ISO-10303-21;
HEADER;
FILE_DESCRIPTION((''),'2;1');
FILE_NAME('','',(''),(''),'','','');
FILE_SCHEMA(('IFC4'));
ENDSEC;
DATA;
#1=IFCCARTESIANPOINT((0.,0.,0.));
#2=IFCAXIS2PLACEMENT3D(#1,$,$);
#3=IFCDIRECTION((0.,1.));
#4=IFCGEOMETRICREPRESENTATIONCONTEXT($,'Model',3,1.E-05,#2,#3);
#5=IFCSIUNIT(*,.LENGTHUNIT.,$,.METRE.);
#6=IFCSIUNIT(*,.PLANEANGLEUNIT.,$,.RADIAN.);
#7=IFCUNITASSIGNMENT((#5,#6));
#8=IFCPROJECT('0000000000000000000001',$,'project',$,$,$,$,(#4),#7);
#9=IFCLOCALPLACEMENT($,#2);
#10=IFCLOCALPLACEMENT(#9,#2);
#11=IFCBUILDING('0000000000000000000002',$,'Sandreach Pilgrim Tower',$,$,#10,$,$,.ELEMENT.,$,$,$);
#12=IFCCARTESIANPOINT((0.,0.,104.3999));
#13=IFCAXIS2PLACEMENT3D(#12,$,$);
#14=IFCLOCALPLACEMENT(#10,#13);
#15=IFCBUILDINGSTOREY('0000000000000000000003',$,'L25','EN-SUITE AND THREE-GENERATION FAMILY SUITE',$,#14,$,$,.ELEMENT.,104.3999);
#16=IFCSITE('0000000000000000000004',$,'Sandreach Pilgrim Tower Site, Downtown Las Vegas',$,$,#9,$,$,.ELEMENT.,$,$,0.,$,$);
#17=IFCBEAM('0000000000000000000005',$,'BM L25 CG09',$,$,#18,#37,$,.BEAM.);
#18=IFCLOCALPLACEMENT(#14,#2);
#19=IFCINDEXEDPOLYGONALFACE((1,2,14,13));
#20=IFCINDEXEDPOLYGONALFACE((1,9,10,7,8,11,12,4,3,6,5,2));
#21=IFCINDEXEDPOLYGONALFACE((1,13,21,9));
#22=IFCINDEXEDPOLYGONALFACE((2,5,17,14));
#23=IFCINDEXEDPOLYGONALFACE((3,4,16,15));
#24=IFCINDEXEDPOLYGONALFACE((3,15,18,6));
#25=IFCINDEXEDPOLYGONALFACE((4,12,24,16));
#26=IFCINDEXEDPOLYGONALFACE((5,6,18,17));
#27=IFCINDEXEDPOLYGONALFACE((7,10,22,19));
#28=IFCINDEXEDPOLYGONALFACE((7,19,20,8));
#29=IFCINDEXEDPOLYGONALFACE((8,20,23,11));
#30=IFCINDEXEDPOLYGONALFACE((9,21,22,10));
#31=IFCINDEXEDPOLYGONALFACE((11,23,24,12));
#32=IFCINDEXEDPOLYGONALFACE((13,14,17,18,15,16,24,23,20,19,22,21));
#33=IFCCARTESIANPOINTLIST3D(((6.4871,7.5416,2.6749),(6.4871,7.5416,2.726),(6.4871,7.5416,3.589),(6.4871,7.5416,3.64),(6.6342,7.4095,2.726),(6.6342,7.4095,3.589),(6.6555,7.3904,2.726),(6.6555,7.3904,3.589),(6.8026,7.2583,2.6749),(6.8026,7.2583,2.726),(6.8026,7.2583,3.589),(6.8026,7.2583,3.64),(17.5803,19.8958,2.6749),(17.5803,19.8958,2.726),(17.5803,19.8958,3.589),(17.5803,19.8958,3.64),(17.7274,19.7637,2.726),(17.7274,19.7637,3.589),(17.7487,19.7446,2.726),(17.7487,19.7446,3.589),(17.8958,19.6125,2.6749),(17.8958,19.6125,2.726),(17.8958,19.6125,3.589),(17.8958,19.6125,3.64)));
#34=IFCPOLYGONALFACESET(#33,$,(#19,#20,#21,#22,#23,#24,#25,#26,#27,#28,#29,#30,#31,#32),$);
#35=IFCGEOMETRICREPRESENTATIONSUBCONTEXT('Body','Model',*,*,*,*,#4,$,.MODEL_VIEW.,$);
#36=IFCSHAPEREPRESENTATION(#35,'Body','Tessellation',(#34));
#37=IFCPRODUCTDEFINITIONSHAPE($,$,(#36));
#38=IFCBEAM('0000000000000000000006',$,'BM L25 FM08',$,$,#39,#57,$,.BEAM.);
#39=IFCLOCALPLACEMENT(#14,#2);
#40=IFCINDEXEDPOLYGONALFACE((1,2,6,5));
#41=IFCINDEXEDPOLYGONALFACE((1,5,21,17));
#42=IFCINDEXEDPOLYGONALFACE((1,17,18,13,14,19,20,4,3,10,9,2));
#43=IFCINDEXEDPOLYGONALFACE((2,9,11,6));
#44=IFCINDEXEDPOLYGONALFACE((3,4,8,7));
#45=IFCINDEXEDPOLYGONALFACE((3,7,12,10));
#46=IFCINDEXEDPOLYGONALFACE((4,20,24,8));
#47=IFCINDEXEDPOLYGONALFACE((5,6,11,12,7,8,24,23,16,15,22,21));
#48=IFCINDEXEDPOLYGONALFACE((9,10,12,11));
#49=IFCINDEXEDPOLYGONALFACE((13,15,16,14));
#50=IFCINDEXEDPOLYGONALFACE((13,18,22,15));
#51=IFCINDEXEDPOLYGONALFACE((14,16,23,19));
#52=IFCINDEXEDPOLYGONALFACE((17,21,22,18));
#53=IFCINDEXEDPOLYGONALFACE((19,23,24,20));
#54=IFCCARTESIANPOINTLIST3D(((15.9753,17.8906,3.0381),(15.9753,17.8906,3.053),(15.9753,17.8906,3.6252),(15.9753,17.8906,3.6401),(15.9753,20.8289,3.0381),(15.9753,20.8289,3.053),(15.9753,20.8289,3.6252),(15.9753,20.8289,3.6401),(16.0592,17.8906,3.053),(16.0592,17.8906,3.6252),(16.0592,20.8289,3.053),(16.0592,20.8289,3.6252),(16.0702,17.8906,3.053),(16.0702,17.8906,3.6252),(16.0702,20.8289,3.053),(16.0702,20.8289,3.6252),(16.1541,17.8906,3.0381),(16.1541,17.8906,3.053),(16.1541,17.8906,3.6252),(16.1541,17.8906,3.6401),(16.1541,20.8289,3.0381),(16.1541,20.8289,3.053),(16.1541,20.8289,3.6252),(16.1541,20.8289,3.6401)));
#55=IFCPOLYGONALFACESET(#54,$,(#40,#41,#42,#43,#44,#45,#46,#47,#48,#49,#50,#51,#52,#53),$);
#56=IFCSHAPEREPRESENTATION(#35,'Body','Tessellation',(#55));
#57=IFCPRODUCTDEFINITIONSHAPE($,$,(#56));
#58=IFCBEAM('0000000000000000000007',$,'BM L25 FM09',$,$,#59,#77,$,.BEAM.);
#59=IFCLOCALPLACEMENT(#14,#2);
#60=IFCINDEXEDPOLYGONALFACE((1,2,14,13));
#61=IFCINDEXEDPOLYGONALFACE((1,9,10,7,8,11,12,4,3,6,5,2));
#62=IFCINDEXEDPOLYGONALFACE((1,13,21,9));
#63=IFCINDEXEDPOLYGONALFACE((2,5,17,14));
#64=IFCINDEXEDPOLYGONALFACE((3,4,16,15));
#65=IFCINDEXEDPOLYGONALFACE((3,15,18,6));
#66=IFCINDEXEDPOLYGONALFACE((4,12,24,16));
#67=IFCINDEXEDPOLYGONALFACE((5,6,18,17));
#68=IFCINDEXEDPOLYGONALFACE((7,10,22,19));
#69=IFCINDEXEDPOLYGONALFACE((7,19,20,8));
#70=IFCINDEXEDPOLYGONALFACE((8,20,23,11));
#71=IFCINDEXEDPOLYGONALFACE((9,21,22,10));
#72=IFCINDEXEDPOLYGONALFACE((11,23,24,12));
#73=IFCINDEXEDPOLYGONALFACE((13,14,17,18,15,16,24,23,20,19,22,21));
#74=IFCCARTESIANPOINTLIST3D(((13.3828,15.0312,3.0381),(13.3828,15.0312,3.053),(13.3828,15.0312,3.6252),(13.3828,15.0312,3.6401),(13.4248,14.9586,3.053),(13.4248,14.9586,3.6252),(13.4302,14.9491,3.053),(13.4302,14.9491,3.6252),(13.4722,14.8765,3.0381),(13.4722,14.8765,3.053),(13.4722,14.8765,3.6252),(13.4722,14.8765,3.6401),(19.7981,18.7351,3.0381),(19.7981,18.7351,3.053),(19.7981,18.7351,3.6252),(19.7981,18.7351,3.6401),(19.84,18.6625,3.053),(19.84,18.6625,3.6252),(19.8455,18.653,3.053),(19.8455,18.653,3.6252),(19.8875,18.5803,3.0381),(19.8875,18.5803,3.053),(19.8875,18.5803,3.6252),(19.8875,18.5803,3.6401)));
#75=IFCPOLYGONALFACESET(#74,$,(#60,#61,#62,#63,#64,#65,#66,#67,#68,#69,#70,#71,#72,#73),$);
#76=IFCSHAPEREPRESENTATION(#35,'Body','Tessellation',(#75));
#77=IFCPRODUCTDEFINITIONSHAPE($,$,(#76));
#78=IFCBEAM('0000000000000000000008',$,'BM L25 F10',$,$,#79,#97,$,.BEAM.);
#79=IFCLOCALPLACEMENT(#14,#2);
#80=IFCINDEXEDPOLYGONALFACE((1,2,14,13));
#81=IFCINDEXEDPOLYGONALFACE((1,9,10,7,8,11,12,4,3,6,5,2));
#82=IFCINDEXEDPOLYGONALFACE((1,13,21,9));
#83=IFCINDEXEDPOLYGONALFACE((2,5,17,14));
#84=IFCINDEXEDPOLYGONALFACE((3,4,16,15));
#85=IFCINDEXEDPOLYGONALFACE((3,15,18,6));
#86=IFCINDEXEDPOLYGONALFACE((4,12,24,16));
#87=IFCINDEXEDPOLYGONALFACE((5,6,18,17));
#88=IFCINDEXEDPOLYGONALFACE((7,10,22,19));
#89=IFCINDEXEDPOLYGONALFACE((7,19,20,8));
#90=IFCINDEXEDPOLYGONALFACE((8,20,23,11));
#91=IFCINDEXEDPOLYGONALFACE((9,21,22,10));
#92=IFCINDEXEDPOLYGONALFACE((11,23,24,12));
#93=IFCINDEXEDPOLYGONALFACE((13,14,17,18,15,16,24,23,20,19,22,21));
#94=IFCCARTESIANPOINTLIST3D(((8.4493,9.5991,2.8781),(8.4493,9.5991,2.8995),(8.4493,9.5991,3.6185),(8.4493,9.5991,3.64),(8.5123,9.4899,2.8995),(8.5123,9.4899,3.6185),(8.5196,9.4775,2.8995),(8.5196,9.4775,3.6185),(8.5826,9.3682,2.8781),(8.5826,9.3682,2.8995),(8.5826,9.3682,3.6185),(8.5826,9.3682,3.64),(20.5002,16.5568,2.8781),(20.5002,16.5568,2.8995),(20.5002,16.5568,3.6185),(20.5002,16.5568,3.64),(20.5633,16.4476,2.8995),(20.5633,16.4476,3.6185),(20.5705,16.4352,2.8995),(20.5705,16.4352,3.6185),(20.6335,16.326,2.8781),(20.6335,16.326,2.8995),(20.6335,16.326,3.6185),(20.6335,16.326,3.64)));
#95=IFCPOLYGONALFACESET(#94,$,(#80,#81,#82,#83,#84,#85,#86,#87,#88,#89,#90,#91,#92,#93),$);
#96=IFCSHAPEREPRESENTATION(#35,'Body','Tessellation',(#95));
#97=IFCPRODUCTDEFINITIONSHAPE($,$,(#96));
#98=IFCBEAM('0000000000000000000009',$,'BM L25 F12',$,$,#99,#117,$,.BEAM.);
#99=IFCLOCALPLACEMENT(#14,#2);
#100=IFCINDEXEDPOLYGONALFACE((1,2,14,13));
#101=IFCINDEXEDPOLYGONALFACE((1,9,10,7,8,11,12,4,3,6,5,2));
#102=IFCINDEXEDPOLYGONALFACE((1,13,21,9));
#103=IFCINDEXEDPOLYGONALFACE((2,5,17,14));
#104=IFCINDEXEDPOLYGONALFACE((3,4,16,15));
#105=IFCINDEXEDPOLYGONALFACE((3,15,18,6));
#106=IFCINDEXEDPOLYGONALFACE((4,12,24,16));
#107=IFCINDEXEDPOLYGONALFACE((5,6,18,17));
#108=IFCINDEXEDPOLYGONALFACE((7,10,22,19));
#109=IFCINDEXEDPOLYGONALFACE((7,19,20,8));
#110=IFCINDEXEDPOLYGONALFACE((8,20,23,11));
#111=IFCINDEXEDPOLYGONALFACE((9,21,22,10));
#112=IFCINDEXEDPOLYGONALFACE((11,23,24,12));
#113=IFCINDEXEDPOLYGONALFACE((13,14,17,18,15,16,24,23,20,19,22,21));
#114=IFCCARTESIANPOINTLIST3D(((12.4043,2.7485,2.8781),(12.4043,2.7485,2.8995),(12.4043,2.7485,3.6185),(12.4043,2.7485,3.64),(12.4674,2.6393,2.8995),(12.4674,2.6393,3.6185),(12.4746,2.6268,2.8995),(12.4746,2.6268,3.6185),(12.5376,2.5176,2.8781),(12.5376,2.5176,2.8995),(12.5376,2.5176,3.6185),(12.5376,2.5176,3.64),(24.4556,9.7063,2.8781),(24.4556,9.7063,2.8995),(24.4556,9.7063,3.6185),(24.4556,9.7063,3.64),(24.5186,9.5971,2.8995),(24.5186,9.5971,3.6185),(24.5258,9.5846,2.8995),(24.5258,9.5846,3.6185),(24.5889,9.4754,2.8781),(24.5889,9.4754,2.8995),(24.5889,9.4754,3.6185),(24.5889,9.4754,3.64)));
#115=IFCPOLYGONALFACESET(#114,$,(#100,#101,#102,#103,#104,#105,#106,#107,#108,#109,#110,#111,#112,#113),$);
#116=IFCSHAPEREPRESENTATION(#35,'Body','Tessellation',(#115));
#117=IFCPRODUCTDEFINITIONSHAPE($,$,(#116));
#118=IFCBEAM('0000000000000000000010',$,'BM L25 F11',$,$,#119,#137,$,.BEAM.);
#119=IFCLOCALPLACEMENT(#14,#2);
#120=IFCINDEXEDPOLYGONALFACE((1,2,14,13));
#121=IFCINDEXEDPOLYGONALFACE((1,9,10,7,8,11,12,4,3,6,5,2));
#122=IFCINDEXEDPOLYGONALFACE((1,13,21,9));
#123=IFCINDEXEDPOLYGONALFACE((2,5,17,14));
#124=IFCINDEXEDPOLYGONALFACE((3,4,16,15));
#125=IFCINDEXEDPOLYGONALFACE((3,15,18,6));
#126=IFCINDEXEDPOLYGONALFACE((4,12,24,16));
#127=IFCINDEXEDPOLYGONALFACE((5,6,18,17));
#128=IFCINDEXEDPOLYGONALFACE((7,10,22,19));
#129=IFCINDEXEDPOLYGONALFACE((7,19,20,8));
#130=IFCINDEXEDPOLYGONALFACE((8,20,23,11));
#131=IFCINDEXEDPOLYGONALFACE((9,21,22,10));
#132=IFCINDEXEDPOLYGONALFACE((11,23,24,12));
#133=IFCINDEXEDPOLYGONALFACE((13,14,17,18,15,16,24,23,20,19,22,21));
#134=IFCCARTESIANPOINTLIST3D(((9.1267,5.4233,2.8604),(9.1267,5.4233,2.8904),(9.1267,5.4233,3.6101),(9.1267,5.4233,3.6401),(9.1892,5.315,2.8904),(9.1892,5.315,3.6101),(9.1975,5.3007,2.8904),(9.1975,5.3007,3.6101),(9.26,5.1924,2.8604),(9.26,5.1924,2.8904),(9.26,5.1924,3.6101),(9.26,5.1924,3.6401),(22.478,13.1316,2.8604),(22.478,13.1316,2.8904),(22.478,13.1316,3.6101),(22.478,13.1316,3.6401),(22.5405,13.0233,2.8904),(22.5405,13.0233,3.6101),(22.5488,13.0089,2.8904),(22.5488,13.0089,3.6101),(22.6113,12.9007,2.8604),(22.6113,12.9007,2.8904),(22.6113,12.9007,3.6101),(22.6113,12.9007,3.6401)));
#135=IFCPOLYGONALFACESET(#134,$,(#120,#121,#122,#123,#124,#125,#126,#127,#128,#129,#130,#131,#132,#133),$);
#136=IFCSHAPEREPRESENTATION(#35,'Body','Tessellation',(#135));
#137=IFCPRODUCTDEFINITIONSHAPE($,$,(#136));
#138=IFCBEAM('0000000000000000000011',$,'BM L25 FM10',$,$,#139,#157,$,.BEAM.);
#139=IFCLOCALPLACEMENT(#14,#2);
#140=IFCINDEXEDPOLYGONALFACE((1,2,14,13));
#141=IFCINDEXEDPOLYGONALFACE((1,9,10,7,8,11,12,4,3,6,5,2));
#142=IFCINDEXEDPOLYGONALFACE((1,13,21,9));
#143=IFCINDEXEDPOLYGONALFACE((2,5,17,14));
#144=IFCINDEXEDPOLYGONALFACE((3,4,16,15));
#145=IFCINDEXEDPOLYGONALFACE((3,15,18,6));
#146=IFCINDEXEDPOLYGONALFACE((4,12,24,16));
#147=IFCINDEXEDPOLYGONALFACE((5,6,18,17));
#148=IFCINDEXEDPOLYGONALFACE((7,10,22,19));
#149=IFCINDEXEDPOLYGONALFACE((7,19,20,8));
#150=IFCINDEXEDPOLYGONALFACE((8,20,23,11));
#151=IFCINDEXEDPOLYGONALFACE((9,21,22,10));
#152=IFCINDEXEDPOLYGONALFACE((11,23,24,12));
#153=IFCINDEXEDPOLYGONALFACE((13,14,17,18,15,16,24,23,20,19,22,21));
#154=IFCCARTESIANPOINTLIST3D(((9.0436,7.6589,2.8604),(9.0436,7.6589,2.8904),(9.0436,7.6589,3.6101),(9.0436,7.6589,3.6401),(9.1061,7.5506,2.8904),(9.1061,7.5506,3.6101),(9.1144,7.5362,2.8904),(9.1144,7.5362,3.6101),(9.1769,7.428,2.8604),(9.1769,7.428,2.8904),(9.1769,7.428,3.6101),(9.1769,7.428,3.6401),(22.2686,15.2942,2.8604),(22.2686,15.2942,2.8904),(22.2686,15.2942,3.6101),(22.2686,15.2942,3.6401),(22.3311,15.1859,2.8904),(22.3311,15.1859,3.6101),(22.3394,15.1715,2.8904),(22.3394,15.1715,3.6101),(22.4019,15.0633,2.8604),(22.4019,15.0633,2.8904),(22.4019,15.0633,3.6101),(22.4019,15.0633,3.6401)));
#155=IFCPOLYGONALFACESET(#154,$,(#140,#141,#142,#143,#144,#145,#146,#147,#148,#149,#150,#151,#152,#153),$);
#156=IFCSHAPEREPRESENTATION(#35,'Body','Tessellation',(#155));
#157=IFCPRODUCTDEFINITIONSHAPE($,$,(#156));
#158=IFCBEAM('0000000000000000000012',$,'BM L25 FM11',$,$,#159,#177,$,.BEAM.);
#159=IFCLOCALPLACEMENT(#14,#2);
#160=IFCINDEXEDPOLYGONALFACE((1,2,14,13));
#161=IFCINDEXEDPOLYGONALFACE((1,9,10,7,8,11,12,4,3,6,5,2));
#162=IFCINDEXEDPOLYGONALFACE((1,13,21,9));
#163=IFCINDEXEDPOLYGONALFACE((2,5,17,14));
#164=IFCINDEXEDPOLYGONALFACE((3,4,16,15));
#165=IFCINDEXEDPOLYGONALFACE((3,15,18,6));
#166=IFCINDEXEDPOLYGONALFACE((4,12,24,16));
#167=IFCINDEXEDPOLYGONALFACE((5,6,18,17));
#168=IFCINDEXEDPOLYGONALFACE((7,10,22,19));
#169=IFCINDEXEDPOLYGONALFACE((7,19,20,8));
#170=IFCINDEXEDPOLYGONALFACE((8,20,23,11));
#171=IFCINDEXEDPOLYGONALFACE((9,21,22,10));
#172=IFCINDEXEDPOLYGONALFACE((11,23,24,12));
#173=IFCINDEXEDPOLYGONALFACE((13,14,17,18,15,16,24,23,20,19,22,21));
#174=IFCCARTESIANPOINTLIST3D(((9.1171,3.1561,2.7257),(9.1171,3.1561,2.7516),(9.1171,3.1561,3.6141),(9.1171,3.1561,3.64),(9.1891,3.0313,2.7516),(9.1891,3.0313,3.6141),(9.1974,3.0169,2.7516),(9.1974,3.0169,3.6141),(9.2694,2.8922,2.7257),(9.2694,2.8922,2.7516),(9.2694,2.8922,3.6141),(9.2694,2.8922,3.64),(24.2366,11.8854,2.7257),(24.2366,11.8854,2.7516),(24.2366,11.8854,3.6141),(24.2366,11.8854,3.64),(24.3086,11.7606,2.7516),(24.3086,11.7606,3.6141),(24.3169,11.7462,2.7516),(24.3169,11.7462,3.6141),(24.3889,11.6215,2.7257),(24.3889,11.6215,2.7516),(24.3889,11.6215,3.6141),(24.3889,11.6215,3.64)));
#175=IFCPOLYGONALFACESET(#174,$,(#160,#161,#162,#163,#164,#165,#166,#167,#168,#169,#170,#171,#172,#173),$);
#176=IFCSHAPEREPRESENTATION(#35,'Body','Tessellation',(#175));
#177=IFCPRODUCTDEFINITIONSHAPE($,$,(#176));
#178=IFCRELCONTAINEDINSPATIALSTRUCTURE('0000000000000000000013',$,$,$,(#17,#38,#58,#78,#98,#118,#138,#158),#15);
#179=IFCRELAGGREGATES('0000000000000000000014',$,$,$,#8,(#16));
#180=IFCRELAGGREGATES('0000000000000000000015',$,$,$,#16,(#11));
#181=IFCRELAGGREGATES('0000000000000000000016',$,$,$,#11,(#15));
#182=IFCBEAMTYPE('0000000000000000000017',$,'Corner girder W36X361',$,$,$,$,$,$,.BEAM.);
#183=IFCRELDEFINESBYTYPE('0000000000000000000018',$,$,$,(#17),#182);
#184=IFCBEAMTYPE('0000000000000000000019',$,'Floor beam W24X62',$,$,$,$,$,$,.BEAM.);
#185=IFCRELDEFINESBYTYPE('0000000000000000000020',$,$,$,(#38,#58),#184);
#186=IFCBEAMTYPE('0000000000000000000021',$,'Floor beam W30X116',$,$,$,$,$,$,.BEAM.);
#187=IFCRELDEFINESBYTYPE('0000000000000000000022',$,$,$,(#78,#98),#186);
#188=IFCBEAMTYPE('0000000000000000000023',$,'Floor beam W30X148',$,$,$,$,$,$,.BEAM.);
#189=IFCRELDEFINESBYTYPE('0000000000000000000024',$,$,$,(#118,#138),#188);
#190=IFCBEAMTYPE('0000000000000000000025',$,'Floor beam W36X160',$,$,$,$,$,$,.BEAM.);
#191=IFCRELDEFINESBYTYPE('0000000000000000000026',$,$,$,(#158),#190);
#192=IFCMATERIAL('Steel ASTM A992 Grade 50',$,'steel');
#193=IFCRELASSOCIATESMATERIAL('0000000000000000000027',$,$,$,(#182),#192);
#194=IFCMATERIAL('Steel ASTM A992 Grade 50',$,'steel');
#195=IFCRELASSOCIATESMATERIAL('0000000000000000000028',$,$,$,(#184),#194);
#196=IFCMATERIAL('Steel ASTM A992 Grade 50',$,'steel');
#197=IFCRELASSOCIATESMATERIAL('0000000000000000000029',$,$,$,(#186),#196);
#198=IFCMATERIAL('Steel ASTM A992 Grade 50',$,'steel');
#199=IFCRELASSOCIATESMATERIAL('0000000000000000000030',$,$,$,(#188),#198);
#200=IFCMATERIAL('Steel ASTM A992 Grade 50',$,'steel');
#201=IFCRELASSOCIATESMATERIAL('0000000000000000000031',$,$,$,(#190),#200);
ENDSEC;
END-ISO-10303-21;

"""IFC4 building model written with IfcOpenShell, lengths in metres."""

from ifc_helpers import new_model, si_unit, direction, frame, origin, origin_2d, place, context, subcontext, project, spatial, i_section, extrude, material, material_profile, profile_set, type_object, element, save


model = new_model("IFC4")

# Units and contexts
model_context = context("Model", 3, precision=1e-05, world=origin(), true_north=direction((0.0, 1.0)))
body_context = subcontext(model_context, "Body", "Model", "MODEL_VIEW")
ifc_project = project(units=[si_unit("LENGTHUNIT", "METRE"), si_unit("PLANEANGLEUNIT", "RADIAN")], contexts=[model_context])

# Site, building, storey
site_placement = place(None, origin())
site = spatial("IfcSite", under=ifc_project, at=site_placement, Name="Sandreach Pilgrim Tower Site, Downtown Las Vegas", CompositionType="ELEMENT", RefElevation=0.0)
building_placement = place(site_placement, origin())
building = spatial("IfcBuilding", under=site, at=building_placement, Name="Sandreach Pilgrim Tower", CompositionType="ELEMENT")
storey_placement = place(building_placement, frame((0.0, 0.0, 104.3999)))
storey = spatial("IfcBuildingStorey", under=building, at=storey_placement, Name="L25", Description="EN-SUITE AND THREE-GENERATION FAMILY SUITE", CompositionType="ELEMENT", Elevation=104.3999)

# Beams
ifc_material_1 = material(Name="Steel ASTM A992 Grade 50", Category="steel")
ifc_material_profile_1 = material_profile(ifc_material_1, i_section(OverallWidth=0.4241, OverallDepth=0.9651, WebThickness=0.0286, FlangeThickness=0.051, at=origin_2d()), Name="W36X361")
ifc_profile_set_1 = profile_set([ifc_material_profile_1], Name="Steel ASTM A992 Grade 50")
beam_type_1 = type_object("IfcBeamType", Name="Corner girder W36X361", PredefinedType="BEAM", material=ifc_profile_set_1)
beam_1_placement = place(storey_placement, frame((17.738, 19.7542, 3.1575), z_axis=(-0.668114, -0.744059, 0.0), x_axis=(0.744059, -0.668114, 0.0)))
element("IfcBeam", 1, at=beam_1_placement, inside=storey, type_object=beam_type_1, Name="BM L25 CG09", PredefinedType="BEAM", context=body_context, shape_type="SweptSolid", body=[
    extrude(i_section(OverallWidth=0.4241, OverallDepth=0.9651, WebThickness=0.0286, FlangeThickness=0.051, at=origin_2d()), origin(), (0.0, 0.0, 1.0), 16.6038),
])
ifc_material_2 = material(Name="Steel ASTM A992 Grade 50", Category="steel")
ifc_material_profile_2 = material_profile(ifc_material_2, i_section(OverallWidth=0.1787, OverallDepth=0.6021, WebThickness=0.011, FlangeThickness=0.0149, at=origin_2d()), Name="W24X62")
ifc_profile_set_2 = profile_set([ifc_material_profile_2], Name="Steel ASTM A992 Grade 50")
beam_type_2 = type_object("IfcBeamType", Name="Floor beam W24X62", PredefinedType="BEAM", material=ifc_profile_set_2)
beam_2_placement = place(storey_placement, frame((16.0647, 20.8289, 3.3391), z_axis=(0.0, -1.0, 0.0), x_axis=(1.0, 0.0, 0.0)))
element("IfcBeam", 2, at=beam_2_placement, inside=storey, type_object=beam_type_2, Name="BM L25 FM08", PredefinedType="BEAM", context=body_context, shape_type="SweptSolid", body=[
    extrude(i_section(OverallWidth=0.1787, OverallDepth=0.6021, WebThickness=0.011, FlangeThickness=0.0149, at=origin_2d()), origin(), (0.0, 0.0, 1.0), 2.9382),
])
beam_3_placement = place(storey_placement, frame((19.8428, 18.6577, 3.3391), z_axis=(-0.866026, -0.499999, 0.0), x_axis=(0.499999, -0.866026, 0.0)))
element("IfcBeam", 3, at=beam_3_placement, inside=storey, type_object=beam_type_2, Name="BM L25 FM09", PredefinedType="BEAM", context=body_context, shape_type="SweptSolid", body=[
    extrude(i_section(OverallWidth=0.1787, OverallDepth=0.6021, WebThickness=0.011, FlangeThickness=0.0149, at=origin_2d()), origin(), (0.0, 0.0, 1.0), 7.4077),
])
ifc_material_3 = material(Name="Steel ASTM A992 Grade 50", Category="steel")
ifc_material_profile_3 = material_profile(ifc_material_3, i_section(OverallWidth=0.2666, OverallDepth=0.762, WebThickness=0.0144, FlangeThickness=0.0215, at=origin_2d()), Name="W30X116")
ifc_profile_set_3 = profile_set([ifc_material_profile_3], Name="Steel ASTM A992 Grade 50")
beam_type_3 = type_object("IfcBeamType", Name="Floor beam W30X116", PredefinedType="BEAM", material=ifc_profile_set_3)
beam_4_placement = place(storey_placement, frame((20.5669, 16.4414, 3.259), z_axis=(-0.866022, -0.500005, 0.0), x_axis=(0.500005, -0.866022, 0.0)))
element("IfcBeam", 4, at=beam_4_placement, inside=storey, type_object=beam_type_3, Name="BM L25 F10", PredefinedType="BEAM", context=body_context, shape_type="SweptSolid", body=[
    extrude(i_section(OverallWidth=0.2666, OverallDepth=0.762, WebThickness=0.0144, FlangeThickness=0.0215, at=origin_2d()), origin(), (0.0, 0.0, 1.0), 13.9153),
])
beam_5_placement = place(storey_placement, frame((24.5222, 9.5908, 3.259), z_axis=(-0.866027, -0.499998, 0.0), x_axis=(0.499998, -0.866027, 0.0)))
element("IfcBeam", 5, at=beam_5_placement, inside=storey, type_object=beam_type_3, Name="BM L25 F12", PredefinedType="BEAM", context=body_context, shape_type="SweptSolid", body=[
    extrude(i_section(OverallWidth=0.2666, OverallDepth=0.762, WebThickness=0.0144, FlangeThickness=0.0215, at=origin_2d()), origin(), (0.0, 0.0, 1.0), 13.9155),
])
ifc_material_4 = material(Name="Steel ASTM A992 Grade 50", Category="steel")
ifc_material_profile_4 = material_profile(ifc_material_4, i_section(OverallWidth=0.2666, OverallDepth=0.7798, WebThickness=0.0166, FlangeThickness=0.03, at=origin_2d()), Name="W30X148")
ifc_profile_set_4 = profile_set([ifc_material_profile_4], Name="Steel ASTM A992 Grade 50")
beam_type_4 = type_object("IfcBeamType", Name="Floor beam W30X148", PredefinedType="BEAM", material=ifc_profile_set_4)
beam_6_placement = place(storey_placement, frame((22.5447, 13.0161, 3.2502), z_axis=(-0.866029, -0.499993, 0.0), x_axis=(0.499993, -0.866029, 0.0)))
element("IfcBeam", 6, at=beam_6_placement, inside=storey, type_object=beam_type_4, Name="BM L25 F11", PredefinedType="BEAM", context=body_context, shape_type="SweptSolid", body=[
    extrude(i_section(OverallWidth=0.2666, OverallDepth=0.7798, WebThickness=0.0166, FlangeThickness=0.03, at=origin_2d()), origin(), (0.0, 0.0, 1.0), 15.4167),
])
beam_7_placement = place(storey_placement, frame((22.3352, 15.1787, 3.2502), z_axis=(-0.866029, -0.499994, 0.0), x_axis=(0.499994, -0.866029, 0.0)))
element("IfcBeam", 7, at=beam_7_placement, inside=storey, type_object=beam_type_4, Name="BM L25 FM10", PredefinedType="BEAM", context=body_context, shape_type="SweptSolid", body=[
    extrude(i_section(OverallWidth=0.2666, OverallDepth=0.7798, WebThickness=0.0166, FlangeThickness=0.03, at=origin_2d()), origin(), (0.0, 0.0, 1.0), 15.2708),
])
ifc_material_5 = material(Name="Steel ASTM A992 Grade 50", Category="steel")
ifc_material_profile_5 = material_profile(ifc_material_5, i_section(OverallWidth=0.3047, OverallDepth=0.9143, WebThickness=0.0166, FlangeThickness=0.0259, at=origin_2d()), Name="W36X160")
ifc_profile_set_5 = profile_set([ifc_material_profile_5], Name="Steel ASTM A992 Grade 50")
beam_type_5 = type_object("IfcBeamType", Name="Floor beam W36X160", PredefinedType="BEAM", material=ifc_profile_set_5)
beam_8_placement = place(storey_placement, frame((24.3127, 11.7534, 3.1829), z_axis=(-0.866024, -0.500003, 0.0), x_axis=(0.500003, -0.866024, 0.0)))
element("IfcBeam", 8, at=beam_8_placement, inside=storey, type_object=beam_type_5, Name="BM L25 FM11", PredefinedType="BEAM", context=body_context, shape_type="SweptSolid", body=[
    extrude(i_section(OverallWidth=0.3047, OverallDepth=0.9143, WebThickness=0.0166, FlangeThickness=0.0259, at=origin_2d()), origin(), (0.0, 0.0, 1.0), 17.4585),
])

save(model, "model.ifc")
